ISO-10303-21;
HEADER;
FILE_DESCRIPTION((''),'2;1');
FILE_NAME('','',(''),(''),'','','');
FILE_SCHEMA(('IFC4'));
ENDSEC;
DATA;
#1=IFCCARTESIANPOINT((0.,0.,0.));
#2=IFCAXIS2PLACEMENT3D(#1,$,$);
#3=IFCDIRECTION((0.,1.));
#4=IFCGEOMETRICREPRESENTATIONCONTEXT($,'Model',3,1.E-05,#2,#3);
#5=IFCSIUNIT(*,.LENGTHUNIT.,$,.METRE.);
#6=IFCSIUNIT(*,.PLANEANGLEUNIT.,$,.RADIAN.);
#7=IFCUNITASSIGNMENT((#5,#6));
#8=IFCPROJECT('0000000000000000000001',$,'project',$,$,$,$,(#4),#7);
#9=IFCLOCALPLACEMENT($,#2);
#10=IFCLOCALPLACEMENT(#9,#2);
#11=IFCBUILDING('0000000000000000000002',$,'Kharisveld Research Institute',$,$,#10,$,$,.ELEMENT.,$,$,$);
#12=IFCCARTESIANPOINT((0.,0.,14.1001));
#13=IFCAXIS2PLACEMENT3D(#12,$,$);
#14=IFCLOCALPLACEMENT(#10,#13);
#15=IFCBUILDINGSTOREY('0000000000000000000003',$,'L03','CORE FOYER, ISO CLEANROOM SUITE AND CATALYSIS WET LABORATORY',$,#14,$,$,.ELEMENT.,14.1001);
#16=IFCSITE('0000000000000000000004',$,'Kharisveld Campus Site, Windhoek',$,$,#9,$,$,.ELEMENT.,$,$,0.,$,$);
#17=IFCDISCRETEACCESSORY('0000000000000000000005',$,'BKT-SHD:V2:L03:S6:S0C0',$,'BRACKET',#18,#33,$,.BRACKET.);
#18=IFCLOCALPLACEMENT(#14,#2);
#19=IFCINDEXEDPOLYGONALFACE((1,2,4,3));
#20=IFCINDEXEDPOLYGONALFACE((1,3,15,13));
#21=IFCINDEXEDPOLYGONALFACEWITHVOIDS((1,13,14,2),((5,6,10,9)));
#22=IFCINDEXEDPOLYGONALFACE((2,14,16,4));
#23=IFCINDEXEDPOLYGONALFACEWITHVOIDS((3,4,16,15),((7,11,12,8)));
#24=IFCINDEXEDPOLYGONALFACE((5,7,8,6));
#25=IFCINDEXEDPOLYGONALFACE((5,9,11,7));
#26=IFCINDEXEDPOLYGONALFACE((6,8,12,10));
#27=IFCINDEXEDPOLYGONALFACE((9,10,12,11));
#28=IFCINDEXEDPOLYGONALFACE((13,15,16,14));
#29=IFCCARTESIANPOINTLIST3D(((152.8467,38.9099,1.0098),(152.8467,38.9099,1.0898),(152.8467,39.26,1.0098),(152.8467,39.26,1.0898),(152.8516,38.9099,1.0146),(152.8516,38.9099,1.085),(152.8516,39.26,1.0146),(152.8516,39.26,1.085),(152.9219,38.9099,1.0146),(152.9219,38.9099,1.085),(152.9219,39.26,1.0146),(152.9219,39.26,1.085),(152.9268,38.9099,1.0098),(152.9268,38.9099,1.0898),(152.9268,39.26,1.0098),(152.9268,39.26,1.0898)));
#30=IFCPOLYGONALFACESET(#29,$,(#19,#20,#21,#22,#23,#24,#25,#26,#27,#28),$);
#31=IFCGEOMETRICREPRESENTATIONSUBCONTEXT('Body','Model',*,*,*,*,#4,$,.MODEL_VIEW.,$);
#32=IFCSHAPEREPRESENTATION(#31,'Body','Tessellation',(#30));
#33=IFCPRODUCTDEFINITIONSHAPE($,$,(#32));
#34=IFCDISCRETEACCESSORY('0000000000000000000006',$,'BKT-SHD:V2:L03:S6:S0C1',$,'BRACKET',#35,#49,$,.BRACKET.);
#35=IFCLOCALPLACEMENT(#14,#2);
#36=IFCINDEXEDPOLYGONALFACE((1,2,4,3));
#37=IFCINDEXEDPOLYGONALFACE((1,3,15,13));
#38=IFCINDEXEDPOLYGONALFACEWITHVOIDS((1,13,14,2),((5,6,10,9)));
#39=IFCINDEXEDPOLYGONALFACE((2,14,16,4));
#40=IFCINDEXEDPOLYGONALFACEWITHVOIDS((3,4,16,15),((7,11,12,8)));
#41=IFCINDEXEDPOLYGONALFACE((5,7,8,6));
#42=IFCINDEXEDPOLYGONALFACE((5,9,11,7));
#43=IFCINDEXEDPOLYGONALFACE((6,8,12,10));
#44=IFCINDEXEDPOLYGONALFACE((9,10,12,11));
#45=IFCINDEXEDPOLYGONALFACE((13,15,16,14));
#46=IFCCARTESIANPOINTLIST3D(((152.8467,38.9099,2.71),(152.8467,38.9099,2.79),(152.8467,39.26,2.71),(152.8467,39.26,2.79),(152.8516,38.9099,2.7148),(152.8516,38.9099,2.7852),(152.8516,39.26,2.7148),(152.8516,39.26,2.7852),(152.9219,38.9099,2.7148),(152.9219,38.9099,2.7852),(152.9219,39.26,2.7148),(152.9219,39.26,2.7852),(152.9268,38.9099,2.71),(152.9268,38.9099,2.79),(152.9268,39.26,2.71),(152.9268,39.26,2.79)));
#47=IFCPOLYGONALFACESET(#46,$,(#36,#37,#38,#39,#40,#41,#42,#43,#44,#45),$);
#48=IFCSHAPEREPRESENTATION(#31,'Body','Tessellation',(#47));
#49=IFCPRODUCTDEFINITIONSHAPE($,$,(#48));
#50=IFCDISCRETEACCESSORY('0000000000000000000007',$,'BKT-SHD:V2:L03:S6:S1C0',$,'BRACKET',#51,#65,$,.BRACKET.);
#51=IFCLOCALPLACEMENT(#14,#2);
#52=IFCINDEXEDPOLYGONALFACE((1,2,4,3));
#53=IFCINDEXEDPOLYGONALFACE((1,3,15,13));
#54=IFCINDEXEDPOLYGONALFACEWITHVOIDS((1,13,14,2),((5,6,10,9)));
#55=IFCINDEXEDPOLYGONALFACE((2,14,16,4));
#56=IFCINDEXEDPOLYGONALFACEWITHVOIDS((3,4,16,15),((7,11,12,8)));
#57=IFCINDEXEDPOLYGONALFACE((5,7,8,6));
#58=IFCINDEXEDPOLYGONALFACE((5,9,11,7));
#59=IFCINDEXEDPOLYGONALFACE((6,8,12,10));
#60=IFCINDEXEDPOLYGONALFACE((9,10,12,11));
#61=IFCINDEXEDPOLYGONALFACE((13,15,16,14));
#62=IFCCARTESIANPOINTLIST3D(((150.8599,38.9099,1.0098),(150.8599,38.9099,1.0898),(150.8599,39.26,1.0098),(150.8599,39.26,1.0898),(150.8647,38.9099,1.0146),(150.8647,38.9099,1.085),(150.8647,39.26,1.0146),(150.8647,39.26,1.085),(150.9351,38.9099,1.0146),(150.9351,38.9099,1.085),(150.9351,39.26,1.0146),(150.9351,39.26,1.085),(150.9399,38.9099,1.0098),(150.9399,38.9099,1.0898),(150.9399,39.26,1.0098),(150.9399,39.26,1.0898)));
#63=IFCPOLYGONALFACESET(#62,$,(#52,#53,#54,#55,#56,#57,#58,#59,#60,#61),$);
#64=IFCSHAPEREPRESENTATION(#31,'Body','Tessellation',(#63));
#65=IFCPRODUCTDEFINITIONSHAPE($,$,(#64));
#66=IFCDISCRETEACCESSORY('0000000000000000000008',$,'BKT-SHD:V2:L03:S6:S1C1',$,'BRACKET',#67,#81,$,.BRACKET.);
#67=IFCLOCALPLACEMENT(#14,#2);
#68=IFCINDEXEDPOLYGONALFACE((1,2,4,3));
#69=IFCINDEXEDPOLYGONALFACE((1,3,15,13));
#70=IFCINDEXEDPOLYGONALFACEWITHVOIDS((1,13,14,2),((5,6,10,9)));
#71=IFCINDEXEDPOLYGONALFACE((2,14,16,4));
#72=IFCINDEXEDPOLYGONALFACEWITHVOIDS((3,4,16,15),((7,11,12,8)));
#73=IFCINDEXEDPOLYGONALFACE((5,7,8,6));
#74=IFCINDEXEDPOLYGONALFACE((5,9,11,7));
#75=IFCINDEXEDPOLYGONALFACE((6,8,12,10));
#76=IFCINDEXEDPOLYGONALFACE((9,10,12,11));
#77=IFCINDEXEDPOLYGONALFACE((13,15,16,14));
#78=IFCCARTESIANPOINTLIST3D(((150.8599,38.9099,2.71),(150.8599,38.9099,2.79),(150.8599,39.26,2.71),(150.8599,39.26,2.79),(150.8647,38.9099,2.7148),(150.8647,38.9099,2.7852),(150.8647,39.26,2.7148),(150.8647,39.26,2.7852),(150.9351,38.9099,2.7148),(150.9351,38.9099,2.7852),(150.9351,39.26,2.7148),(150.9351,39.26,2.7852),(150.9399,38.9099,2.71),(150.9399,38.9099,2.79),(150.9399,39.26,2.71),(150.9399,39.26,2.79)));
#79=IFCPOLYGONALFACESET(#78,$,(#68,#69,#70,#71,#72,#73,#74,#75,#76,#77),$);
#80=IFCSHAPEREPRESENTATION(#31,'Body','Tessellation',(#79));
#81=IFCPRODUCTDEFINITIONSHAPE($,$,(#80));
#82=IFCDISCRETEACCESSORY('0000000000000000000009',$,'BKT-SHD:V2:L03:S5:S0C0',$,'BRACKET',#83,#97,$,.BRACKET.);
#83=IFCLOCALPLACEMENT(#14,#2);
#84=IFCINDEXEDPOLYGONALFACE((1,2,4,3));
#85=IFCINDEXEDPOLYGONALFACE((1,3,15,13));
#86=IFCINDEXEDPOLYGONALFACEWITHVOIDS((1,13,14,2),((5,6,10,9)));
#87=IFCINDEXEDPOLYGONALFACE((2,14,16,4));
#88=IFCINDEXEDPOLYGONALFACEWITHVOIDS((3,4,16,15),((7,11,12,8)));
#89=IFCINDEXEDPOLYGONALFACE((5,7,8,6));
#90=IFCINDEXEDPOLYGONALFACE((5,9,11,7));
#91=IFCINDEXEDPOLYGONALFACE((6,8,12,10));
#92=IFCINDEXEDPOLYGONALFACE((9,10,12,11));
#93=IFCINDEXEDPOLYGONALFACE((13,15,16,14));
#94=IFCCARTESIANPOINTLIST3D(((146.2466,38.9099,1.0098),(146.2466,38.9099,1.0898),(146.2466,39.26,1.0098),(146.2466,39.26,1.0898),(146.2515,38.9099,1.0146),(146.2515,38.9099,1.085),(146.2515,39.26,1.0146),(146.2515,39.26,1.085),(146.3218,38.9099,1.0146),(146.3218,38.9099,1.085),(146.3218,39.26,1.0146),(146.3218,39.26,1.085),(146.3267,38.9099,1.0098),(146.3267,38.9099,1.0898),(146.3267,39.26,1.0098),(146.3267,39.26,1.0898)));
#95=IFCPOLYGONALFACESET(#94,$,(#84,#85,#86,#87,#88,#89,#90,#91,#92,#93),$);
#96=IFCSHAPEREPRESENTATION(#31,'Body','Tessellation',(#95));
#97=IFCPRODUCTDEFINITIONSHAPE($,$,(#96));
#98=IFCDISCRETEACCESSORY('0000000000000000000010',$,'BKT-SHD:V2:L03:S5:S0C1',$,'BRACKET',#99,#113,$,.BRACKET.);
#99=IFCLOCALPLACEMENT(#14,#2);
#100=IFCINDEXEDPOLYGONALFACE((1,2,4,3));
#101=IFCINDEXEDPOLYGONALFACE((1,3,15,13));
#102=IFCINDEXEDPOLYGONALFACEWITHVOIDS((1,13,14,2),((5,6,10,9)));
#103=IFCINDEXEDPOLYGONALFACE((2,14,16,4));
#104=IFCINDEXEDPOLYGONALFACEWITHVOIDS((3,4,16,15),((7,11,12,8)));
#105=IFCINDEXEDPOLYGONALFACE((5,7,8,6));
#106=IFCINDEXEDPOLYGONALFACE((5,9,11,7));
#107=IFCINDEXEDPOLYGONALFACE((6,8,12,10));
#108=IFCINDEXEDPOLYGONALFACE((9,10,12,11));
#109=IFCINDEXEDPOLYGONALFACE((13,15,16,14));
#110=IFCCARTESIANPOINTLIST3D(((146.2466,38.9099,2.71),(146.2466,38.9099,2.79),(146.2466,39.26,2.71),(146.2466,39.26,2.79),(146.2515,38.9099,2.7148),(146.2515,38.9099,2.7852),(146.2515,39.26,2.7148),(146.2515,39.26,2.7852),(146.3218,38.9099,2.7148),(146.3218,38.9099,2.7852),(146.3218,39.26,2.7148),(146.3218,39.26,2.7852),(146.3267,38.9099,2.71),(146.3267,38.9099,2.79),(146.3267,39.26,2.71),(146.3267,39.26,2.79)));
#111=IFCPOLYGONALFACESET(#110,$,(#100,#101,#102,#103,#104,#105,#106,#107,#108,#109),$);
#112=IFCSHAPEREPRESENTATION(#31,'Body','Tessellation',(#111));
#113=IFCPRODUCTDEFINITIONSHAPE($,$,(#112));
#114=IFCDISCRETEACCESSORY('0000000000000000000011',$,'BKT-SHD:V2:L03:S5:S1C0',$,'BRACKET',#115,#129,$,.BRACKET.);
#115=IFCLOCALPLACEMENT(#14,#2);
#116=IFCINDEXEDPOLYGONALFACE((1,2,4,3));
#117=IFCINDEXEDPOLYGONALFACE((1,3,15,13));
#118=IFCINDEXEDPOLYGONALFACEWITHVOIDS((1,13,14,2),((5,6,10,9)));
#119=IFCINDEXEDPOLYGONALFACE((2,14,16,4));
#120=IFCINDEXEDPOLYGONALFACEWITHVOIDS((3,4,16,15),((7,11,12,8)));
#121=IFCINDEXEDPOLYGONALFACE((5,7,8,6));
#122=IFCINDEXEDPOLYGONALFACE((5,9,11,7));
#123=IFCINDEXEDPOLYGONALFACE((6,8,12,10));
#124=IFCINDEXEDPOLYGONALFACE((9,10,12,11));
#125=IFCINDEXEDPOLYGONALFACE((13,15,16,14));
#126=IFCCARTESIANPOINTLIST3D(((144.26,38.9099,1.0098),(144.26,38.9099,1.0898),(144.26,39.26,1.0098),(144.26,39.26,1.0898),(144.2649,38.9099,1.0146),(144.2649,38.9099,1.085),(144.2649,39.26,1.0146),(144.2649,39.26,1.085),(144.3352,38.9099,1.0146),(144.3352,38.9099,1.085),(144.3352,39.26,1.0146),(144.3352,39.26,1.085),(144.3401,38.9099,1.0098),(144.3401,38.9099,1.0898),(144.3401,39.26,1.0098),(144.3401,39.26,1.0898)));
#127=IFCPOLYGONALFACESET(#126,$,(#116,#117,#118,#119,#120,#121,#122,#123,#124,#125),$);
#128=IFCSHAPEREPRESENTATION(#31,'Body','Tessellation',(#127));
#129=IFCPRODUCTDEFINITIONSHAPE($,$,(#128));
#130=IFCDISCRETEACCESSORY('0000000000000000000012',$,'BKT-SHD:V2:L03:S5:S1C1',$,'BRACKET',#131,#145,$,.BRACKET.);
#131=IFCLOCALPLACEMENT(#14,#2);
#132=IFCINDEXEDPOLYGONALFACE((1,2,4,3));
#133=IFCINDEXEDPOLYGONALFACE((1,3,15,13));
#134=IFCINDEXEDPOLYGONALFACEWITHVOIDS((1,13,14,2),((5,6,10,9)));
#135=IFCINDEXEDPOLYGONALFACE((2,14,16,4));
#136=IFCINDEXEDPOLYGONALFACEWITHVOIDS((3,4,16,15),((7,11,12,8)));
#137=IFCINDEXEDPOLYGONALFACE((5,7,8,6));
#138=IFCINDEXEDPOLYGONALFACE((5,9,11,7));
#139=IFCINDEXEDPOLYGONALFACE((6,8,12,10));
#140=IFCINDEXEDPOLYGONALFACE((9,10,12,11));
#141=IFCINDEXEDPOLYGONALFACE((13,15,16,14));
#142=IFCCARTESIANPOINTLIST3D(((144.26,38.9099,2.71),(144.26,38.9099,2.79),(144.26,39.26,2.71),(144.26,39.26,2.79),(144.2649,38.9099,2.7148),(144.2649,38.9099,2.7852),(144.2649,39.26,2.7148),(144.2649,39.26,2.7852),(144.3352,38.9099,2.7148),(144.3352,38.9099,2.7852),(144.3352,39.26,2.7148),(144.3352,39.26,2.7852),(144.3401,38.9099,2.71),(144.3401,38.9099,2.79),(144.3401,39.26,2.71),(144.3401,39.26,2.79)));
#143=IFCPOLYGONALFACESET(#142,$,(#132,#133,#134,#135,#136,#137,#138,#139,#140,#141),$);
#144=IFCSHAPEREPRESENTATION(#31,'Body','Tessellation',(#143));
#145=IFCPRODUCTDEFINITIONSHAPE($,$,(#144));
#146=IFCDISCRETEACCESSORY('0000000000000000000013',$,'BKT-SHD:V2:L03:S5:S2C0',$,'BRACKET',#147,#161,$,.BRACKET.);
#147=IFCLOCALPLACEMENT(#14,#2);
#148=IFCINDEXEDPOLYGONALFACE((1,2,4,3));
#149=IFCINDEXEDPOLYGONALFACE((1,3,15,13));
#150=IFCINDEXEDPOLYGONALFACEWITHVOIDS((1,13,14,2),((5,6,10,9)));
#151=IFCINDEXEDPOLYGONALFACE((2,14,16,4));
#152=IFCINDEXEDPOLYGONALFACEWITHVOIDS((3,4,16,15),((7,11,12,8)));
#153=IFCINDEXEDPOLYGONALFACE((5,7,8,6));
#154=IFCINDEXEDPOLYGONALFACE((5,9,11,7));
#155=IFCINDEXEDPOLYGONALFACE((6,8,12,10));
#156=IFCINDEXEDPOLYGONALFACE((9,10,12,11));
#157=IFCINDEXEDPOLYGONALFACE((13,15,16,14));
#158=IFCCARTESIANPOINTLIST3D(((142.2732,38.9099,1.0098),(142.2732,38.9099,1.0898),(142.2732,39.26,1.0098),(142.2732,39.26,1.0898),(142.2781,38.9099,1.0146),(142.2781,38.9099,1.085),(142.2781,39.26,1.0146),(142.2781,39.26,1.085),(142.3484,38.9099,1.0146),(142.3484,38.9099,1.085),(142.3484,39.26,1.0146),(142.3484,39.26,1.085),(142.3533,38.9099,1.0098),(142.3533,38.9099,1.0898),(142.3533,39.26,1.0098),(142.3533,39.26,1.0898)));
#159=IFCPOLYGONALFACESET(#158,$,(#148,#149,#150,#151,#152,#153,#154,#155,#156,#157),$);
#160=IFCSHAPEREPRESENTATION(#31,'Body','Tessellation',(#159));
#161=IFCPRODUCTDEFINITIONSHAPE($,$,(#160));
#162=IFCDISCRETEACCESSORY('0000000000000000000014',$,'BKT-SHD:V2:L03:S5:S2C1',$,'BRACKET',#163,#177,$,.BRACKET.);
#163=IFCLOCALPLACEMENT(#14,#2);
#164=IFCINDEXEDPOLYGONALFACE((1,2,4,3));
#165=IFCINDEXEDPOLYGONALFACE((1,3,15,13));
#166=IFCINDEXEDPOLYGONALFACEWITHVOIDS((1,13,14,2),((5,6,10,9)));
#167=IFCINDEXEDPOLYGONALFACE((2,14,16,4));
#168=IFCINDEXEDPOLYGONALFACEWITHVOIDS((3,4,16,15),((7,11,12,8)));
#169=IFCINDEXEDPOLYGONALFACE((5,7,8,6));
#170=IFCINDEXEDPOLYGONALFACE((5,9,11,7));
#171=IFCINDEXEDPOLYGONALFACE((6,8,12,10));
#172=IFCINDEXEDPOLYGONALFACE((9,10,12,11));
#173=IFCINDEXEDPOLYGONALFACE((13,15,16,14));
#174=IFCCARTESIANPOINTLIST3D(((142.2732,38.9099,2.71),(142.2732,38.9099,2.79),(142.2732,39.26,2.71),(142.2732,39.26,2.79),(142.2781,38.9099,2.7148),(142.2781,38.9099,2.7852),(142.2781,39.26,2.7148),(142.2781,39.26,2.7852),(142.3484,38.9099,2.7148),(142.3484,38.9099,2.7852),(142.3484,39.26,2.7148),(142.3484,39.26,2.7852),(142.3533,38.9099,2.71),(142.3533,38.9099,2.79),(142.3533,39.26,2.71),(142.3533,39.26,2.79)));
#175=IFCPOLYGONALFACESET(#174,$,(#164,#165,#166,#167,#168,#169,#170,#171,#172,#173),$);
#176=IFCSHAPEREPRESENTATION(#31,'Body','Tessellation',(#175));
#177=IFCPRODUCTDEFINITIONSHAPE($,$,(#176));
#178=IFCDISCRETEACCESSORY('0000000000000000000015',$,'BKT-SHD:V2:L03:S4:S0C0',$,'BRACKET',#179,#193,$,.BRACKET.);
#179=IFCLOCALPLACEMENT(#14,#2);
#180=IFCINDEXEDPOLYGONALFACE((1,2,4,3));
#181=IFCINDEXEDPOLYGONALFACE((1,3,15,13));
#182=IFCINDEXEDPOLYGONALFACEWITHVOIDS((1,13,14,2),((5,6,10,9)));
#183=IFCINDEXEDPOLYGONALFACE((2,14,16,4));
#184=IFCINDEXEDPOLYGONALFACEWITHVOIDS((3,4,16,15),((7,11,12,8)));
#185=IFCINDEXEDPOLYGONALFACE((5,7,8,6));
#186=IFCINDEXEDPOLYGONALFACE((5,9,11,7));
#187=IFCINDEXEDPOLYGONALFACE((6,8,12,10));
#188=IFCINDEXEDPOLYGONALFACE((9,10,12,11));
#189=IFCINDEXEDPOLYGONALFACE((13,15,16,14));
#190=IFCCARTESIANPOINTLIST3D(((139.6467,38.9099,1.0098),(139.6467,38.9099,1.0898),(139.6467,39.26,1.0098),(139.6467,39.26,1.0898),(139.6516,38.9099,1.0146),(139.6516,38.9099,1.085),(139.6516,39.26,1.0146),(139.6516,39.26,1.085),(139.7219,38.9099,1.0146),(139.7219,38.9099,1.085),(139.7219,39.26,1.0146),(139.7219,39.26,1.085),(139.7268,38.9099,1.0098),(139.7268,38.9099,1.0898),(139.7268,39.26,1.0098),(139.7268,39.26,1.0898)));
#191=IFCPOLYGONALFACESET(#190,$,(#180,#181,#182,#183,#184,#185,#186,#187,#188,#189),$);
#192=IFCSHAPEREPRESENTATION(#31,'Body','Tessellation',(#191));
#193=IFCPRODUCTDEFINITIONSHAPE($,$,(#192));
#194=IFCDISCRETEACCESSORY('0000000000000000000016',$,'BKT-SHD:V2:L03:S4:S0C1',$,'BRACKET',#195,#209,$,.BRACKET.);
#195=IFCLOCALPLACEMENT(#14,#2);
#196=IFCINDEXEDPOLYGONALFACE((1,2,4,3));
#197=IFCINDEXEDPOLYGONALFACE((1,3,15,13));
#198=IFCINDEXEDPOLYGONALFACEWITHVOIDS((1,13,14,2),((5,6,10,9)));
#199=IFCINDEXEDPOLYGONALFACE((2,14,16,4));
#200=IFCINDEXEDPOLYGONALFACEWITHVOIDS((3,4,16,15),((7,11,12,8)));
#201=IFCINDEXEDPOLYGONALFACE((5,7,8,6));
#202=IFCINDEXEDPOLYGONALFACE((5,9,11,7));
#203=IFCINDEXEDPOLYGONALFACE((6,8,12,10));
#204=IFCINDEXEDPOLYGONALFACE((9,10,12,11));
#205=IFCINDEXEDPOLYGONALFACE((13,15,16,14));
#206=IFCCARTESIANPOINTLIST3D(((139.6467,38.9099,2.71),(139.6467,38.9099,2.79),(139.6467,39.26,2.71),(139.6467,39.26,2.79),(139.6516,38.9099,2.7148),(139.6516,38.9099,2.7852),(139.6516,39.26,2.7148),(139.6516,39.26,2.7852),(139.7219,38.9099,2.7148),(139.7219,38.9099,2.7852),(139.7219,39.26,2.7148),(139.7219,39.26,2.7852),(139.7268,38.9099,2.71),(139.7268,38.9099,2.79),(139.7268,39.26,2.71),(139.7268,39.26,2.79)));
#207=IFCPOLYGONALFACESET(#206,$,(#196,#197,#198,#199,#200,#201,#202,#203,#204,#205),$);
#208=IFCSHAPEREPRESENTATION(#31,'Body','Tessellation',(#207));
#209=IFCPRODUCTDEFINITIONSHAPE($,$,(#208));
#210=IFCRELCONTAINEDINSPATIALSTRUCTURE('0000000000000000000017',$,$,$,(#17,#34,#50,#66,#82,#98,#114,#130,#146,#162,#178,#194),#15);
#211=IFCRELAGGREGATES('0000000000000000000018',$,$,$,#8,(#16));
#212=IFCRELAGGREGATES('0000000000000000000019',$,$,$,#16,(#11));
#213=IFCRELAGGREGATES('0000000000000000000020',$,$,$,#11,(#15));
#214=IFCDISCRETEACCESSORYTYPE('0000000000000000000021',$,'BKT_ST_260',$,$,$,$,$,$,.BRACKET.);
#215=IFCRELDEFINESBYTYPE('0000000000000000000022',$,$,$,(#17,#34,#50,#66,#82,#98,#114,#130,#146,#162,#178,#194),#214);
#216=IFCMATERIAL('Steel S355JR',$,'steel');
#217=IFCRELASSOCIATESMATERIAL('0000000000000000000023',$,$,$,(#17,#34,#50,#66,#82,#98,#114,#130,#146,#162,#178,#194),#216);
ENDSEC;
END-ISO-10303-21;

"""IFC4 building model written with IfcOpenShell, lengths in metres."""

from ifc_helpers import new_model, si_unit, direction, frame, origin, origin_2d, place, context, subcontext, project, spatial, hollow_rectangle, extrude, material, type_object, element, save


model = new_model("IFC4")

# Units and contexts
model_context = context("Model", 3, precision=1e-05, world=origin(), true_north=direction((0.0, 1.0)))
body_context = subcontext(model_context, "Body", "Model", "MODEL_VIEW")
ifc_project = project(units=[si_unit("LENGTHUNIT", "METRE"), si_unit("PLANEANGLEUNIT", "RADIAN")], contexts=[model_context])

# Site, building, storey
site_placement = place(None, origin())
site = spatial("IfcSite", under=ifc_project, at=site_placement, Name="Kharisveld Campus Site, Windhoek", CompositionType="ELEMENT", RefElevation=0.0)
building_placement = place(site_placement, origin())
building = spatial("IfcBuilding", under=site, at=building_placement, Name="Kharisveld Research Institute", CompositionType="ELEMENT")
storey_placement = place(building_placement, frame((0.0, 0.0, 14.1001)))
storey = spatial("IfcBuildingStorey", under=building, at=storey_placement, Name="L03", Description="CORE FOYER, ISO CLEANROOM SUITE AND CATALYSIS WET LABORATORY", CompositionType="ELEMENT", Elevation=14.1001)

# Discrete accessories
ifc_material_1 = material(Name="Steel S355JR", Category="steel")
discrete_accessory_type = type_object("IfcDiscreteAccessoryType", Name="BKT_ST_260", PredefinedType="BRACKET")
for number, where, z_axis, x_axis, name in (
    (1, (152.8867, 39.26, 1.0498), (0.0, -1.0, 0.0), (1.0, 0.0, 0.0), "BKT-SHD:V2:L03:S6:S0C0"),
    (2, (152.8867, 39.26, 2.75), (0.0, -1.0, 0.0), (1.0, 0.0, 0.0), "BKT-SHD:V2:L03:S6:S0C1"),
    (3, (150.8999, 39.26, 1.0498), (0.0, -1.0, 0.0), (1.0, 0.0, 0.0), "BKT-SHD:V2:L03:S6:S1C0"),
    (4, (150.8999, 39.26, 2.75), (0.0, -1.0, 0.0), (1.0, 0.0, 0.0), "BKT-SHD:V2:L03:S6:S1C1"),
    (5, (146.2866, 39.26, 1.0498), (0.0, -1.0, 0.0), (1.0, 0.0, 0.0), "BKT-SHD:V2:L03:S5:S0C0"),
    (6, (146.2866, 39.26, 2.75), (0.0, -1.0, 0.0), (1.0, 0.0, 0.0), "BKT-SHD:V2:L03:S5:S0C1"),
    (7, (144.3, 39.26, 1.0498), (0.0, -1.0, 0.0), (1.0, 0.0, 0.0), "BKT-SHD:V2:L03:S5:S1C0"),
    (8, (144.3, 39.26, 2.75), (0.0, -1.0, 0.0), (1.0, 0.0, 0.0), "BKT-SHD:V2:L03:S5:S1C1"),
    (9, (142.3132, 39.26, 1.0498), (0.0, -1.0, 0.0), (1.0, 0.0, 0.0), "BKT-SHD:V2:L03:S5:S2C0"),
    (10, (142.3132, 39.26, 2.75), (0.0, -1.0, 0.0), (1.0, 0.0, 0.0), "BKT-SHD:V2:L03:S5:S2C1"),
    (11, (139.6868, 39.26, 1.0498), (0.0, -1.0, 0.0), (1.0, 0.0, 0.0), "BKT-SHD:V2:L03:S4:S0C0"),
    (12, (139.6868, 39.26, 2.75), (0.0, -1.0, 0.0), (1.0, 0.0, 0.0), "BKT-SHD:V2:L03:S4:S0C1"),
):
    element("IfcDiscreteAccessory", number, at=place(storey_placement, frame(where, z_axis=z_axis, x_axis=x_axis)), inside=storey, type_object=discrete_accessory_type, material=ifc_material_1, Name=name, ObjectType="BRACKET", PredefinedType="BRACKET", context=body_context, shape_type="SweptSolid", body=[
        extrude(hollow_rectangle(XDim=0.0801, YDim=0.0801, WallThickness=0.0049, at=origin_2d()), origin(), (0.0, 0.0, 1.0), 0.3501),
    ])

save(model, "model.ifc")
